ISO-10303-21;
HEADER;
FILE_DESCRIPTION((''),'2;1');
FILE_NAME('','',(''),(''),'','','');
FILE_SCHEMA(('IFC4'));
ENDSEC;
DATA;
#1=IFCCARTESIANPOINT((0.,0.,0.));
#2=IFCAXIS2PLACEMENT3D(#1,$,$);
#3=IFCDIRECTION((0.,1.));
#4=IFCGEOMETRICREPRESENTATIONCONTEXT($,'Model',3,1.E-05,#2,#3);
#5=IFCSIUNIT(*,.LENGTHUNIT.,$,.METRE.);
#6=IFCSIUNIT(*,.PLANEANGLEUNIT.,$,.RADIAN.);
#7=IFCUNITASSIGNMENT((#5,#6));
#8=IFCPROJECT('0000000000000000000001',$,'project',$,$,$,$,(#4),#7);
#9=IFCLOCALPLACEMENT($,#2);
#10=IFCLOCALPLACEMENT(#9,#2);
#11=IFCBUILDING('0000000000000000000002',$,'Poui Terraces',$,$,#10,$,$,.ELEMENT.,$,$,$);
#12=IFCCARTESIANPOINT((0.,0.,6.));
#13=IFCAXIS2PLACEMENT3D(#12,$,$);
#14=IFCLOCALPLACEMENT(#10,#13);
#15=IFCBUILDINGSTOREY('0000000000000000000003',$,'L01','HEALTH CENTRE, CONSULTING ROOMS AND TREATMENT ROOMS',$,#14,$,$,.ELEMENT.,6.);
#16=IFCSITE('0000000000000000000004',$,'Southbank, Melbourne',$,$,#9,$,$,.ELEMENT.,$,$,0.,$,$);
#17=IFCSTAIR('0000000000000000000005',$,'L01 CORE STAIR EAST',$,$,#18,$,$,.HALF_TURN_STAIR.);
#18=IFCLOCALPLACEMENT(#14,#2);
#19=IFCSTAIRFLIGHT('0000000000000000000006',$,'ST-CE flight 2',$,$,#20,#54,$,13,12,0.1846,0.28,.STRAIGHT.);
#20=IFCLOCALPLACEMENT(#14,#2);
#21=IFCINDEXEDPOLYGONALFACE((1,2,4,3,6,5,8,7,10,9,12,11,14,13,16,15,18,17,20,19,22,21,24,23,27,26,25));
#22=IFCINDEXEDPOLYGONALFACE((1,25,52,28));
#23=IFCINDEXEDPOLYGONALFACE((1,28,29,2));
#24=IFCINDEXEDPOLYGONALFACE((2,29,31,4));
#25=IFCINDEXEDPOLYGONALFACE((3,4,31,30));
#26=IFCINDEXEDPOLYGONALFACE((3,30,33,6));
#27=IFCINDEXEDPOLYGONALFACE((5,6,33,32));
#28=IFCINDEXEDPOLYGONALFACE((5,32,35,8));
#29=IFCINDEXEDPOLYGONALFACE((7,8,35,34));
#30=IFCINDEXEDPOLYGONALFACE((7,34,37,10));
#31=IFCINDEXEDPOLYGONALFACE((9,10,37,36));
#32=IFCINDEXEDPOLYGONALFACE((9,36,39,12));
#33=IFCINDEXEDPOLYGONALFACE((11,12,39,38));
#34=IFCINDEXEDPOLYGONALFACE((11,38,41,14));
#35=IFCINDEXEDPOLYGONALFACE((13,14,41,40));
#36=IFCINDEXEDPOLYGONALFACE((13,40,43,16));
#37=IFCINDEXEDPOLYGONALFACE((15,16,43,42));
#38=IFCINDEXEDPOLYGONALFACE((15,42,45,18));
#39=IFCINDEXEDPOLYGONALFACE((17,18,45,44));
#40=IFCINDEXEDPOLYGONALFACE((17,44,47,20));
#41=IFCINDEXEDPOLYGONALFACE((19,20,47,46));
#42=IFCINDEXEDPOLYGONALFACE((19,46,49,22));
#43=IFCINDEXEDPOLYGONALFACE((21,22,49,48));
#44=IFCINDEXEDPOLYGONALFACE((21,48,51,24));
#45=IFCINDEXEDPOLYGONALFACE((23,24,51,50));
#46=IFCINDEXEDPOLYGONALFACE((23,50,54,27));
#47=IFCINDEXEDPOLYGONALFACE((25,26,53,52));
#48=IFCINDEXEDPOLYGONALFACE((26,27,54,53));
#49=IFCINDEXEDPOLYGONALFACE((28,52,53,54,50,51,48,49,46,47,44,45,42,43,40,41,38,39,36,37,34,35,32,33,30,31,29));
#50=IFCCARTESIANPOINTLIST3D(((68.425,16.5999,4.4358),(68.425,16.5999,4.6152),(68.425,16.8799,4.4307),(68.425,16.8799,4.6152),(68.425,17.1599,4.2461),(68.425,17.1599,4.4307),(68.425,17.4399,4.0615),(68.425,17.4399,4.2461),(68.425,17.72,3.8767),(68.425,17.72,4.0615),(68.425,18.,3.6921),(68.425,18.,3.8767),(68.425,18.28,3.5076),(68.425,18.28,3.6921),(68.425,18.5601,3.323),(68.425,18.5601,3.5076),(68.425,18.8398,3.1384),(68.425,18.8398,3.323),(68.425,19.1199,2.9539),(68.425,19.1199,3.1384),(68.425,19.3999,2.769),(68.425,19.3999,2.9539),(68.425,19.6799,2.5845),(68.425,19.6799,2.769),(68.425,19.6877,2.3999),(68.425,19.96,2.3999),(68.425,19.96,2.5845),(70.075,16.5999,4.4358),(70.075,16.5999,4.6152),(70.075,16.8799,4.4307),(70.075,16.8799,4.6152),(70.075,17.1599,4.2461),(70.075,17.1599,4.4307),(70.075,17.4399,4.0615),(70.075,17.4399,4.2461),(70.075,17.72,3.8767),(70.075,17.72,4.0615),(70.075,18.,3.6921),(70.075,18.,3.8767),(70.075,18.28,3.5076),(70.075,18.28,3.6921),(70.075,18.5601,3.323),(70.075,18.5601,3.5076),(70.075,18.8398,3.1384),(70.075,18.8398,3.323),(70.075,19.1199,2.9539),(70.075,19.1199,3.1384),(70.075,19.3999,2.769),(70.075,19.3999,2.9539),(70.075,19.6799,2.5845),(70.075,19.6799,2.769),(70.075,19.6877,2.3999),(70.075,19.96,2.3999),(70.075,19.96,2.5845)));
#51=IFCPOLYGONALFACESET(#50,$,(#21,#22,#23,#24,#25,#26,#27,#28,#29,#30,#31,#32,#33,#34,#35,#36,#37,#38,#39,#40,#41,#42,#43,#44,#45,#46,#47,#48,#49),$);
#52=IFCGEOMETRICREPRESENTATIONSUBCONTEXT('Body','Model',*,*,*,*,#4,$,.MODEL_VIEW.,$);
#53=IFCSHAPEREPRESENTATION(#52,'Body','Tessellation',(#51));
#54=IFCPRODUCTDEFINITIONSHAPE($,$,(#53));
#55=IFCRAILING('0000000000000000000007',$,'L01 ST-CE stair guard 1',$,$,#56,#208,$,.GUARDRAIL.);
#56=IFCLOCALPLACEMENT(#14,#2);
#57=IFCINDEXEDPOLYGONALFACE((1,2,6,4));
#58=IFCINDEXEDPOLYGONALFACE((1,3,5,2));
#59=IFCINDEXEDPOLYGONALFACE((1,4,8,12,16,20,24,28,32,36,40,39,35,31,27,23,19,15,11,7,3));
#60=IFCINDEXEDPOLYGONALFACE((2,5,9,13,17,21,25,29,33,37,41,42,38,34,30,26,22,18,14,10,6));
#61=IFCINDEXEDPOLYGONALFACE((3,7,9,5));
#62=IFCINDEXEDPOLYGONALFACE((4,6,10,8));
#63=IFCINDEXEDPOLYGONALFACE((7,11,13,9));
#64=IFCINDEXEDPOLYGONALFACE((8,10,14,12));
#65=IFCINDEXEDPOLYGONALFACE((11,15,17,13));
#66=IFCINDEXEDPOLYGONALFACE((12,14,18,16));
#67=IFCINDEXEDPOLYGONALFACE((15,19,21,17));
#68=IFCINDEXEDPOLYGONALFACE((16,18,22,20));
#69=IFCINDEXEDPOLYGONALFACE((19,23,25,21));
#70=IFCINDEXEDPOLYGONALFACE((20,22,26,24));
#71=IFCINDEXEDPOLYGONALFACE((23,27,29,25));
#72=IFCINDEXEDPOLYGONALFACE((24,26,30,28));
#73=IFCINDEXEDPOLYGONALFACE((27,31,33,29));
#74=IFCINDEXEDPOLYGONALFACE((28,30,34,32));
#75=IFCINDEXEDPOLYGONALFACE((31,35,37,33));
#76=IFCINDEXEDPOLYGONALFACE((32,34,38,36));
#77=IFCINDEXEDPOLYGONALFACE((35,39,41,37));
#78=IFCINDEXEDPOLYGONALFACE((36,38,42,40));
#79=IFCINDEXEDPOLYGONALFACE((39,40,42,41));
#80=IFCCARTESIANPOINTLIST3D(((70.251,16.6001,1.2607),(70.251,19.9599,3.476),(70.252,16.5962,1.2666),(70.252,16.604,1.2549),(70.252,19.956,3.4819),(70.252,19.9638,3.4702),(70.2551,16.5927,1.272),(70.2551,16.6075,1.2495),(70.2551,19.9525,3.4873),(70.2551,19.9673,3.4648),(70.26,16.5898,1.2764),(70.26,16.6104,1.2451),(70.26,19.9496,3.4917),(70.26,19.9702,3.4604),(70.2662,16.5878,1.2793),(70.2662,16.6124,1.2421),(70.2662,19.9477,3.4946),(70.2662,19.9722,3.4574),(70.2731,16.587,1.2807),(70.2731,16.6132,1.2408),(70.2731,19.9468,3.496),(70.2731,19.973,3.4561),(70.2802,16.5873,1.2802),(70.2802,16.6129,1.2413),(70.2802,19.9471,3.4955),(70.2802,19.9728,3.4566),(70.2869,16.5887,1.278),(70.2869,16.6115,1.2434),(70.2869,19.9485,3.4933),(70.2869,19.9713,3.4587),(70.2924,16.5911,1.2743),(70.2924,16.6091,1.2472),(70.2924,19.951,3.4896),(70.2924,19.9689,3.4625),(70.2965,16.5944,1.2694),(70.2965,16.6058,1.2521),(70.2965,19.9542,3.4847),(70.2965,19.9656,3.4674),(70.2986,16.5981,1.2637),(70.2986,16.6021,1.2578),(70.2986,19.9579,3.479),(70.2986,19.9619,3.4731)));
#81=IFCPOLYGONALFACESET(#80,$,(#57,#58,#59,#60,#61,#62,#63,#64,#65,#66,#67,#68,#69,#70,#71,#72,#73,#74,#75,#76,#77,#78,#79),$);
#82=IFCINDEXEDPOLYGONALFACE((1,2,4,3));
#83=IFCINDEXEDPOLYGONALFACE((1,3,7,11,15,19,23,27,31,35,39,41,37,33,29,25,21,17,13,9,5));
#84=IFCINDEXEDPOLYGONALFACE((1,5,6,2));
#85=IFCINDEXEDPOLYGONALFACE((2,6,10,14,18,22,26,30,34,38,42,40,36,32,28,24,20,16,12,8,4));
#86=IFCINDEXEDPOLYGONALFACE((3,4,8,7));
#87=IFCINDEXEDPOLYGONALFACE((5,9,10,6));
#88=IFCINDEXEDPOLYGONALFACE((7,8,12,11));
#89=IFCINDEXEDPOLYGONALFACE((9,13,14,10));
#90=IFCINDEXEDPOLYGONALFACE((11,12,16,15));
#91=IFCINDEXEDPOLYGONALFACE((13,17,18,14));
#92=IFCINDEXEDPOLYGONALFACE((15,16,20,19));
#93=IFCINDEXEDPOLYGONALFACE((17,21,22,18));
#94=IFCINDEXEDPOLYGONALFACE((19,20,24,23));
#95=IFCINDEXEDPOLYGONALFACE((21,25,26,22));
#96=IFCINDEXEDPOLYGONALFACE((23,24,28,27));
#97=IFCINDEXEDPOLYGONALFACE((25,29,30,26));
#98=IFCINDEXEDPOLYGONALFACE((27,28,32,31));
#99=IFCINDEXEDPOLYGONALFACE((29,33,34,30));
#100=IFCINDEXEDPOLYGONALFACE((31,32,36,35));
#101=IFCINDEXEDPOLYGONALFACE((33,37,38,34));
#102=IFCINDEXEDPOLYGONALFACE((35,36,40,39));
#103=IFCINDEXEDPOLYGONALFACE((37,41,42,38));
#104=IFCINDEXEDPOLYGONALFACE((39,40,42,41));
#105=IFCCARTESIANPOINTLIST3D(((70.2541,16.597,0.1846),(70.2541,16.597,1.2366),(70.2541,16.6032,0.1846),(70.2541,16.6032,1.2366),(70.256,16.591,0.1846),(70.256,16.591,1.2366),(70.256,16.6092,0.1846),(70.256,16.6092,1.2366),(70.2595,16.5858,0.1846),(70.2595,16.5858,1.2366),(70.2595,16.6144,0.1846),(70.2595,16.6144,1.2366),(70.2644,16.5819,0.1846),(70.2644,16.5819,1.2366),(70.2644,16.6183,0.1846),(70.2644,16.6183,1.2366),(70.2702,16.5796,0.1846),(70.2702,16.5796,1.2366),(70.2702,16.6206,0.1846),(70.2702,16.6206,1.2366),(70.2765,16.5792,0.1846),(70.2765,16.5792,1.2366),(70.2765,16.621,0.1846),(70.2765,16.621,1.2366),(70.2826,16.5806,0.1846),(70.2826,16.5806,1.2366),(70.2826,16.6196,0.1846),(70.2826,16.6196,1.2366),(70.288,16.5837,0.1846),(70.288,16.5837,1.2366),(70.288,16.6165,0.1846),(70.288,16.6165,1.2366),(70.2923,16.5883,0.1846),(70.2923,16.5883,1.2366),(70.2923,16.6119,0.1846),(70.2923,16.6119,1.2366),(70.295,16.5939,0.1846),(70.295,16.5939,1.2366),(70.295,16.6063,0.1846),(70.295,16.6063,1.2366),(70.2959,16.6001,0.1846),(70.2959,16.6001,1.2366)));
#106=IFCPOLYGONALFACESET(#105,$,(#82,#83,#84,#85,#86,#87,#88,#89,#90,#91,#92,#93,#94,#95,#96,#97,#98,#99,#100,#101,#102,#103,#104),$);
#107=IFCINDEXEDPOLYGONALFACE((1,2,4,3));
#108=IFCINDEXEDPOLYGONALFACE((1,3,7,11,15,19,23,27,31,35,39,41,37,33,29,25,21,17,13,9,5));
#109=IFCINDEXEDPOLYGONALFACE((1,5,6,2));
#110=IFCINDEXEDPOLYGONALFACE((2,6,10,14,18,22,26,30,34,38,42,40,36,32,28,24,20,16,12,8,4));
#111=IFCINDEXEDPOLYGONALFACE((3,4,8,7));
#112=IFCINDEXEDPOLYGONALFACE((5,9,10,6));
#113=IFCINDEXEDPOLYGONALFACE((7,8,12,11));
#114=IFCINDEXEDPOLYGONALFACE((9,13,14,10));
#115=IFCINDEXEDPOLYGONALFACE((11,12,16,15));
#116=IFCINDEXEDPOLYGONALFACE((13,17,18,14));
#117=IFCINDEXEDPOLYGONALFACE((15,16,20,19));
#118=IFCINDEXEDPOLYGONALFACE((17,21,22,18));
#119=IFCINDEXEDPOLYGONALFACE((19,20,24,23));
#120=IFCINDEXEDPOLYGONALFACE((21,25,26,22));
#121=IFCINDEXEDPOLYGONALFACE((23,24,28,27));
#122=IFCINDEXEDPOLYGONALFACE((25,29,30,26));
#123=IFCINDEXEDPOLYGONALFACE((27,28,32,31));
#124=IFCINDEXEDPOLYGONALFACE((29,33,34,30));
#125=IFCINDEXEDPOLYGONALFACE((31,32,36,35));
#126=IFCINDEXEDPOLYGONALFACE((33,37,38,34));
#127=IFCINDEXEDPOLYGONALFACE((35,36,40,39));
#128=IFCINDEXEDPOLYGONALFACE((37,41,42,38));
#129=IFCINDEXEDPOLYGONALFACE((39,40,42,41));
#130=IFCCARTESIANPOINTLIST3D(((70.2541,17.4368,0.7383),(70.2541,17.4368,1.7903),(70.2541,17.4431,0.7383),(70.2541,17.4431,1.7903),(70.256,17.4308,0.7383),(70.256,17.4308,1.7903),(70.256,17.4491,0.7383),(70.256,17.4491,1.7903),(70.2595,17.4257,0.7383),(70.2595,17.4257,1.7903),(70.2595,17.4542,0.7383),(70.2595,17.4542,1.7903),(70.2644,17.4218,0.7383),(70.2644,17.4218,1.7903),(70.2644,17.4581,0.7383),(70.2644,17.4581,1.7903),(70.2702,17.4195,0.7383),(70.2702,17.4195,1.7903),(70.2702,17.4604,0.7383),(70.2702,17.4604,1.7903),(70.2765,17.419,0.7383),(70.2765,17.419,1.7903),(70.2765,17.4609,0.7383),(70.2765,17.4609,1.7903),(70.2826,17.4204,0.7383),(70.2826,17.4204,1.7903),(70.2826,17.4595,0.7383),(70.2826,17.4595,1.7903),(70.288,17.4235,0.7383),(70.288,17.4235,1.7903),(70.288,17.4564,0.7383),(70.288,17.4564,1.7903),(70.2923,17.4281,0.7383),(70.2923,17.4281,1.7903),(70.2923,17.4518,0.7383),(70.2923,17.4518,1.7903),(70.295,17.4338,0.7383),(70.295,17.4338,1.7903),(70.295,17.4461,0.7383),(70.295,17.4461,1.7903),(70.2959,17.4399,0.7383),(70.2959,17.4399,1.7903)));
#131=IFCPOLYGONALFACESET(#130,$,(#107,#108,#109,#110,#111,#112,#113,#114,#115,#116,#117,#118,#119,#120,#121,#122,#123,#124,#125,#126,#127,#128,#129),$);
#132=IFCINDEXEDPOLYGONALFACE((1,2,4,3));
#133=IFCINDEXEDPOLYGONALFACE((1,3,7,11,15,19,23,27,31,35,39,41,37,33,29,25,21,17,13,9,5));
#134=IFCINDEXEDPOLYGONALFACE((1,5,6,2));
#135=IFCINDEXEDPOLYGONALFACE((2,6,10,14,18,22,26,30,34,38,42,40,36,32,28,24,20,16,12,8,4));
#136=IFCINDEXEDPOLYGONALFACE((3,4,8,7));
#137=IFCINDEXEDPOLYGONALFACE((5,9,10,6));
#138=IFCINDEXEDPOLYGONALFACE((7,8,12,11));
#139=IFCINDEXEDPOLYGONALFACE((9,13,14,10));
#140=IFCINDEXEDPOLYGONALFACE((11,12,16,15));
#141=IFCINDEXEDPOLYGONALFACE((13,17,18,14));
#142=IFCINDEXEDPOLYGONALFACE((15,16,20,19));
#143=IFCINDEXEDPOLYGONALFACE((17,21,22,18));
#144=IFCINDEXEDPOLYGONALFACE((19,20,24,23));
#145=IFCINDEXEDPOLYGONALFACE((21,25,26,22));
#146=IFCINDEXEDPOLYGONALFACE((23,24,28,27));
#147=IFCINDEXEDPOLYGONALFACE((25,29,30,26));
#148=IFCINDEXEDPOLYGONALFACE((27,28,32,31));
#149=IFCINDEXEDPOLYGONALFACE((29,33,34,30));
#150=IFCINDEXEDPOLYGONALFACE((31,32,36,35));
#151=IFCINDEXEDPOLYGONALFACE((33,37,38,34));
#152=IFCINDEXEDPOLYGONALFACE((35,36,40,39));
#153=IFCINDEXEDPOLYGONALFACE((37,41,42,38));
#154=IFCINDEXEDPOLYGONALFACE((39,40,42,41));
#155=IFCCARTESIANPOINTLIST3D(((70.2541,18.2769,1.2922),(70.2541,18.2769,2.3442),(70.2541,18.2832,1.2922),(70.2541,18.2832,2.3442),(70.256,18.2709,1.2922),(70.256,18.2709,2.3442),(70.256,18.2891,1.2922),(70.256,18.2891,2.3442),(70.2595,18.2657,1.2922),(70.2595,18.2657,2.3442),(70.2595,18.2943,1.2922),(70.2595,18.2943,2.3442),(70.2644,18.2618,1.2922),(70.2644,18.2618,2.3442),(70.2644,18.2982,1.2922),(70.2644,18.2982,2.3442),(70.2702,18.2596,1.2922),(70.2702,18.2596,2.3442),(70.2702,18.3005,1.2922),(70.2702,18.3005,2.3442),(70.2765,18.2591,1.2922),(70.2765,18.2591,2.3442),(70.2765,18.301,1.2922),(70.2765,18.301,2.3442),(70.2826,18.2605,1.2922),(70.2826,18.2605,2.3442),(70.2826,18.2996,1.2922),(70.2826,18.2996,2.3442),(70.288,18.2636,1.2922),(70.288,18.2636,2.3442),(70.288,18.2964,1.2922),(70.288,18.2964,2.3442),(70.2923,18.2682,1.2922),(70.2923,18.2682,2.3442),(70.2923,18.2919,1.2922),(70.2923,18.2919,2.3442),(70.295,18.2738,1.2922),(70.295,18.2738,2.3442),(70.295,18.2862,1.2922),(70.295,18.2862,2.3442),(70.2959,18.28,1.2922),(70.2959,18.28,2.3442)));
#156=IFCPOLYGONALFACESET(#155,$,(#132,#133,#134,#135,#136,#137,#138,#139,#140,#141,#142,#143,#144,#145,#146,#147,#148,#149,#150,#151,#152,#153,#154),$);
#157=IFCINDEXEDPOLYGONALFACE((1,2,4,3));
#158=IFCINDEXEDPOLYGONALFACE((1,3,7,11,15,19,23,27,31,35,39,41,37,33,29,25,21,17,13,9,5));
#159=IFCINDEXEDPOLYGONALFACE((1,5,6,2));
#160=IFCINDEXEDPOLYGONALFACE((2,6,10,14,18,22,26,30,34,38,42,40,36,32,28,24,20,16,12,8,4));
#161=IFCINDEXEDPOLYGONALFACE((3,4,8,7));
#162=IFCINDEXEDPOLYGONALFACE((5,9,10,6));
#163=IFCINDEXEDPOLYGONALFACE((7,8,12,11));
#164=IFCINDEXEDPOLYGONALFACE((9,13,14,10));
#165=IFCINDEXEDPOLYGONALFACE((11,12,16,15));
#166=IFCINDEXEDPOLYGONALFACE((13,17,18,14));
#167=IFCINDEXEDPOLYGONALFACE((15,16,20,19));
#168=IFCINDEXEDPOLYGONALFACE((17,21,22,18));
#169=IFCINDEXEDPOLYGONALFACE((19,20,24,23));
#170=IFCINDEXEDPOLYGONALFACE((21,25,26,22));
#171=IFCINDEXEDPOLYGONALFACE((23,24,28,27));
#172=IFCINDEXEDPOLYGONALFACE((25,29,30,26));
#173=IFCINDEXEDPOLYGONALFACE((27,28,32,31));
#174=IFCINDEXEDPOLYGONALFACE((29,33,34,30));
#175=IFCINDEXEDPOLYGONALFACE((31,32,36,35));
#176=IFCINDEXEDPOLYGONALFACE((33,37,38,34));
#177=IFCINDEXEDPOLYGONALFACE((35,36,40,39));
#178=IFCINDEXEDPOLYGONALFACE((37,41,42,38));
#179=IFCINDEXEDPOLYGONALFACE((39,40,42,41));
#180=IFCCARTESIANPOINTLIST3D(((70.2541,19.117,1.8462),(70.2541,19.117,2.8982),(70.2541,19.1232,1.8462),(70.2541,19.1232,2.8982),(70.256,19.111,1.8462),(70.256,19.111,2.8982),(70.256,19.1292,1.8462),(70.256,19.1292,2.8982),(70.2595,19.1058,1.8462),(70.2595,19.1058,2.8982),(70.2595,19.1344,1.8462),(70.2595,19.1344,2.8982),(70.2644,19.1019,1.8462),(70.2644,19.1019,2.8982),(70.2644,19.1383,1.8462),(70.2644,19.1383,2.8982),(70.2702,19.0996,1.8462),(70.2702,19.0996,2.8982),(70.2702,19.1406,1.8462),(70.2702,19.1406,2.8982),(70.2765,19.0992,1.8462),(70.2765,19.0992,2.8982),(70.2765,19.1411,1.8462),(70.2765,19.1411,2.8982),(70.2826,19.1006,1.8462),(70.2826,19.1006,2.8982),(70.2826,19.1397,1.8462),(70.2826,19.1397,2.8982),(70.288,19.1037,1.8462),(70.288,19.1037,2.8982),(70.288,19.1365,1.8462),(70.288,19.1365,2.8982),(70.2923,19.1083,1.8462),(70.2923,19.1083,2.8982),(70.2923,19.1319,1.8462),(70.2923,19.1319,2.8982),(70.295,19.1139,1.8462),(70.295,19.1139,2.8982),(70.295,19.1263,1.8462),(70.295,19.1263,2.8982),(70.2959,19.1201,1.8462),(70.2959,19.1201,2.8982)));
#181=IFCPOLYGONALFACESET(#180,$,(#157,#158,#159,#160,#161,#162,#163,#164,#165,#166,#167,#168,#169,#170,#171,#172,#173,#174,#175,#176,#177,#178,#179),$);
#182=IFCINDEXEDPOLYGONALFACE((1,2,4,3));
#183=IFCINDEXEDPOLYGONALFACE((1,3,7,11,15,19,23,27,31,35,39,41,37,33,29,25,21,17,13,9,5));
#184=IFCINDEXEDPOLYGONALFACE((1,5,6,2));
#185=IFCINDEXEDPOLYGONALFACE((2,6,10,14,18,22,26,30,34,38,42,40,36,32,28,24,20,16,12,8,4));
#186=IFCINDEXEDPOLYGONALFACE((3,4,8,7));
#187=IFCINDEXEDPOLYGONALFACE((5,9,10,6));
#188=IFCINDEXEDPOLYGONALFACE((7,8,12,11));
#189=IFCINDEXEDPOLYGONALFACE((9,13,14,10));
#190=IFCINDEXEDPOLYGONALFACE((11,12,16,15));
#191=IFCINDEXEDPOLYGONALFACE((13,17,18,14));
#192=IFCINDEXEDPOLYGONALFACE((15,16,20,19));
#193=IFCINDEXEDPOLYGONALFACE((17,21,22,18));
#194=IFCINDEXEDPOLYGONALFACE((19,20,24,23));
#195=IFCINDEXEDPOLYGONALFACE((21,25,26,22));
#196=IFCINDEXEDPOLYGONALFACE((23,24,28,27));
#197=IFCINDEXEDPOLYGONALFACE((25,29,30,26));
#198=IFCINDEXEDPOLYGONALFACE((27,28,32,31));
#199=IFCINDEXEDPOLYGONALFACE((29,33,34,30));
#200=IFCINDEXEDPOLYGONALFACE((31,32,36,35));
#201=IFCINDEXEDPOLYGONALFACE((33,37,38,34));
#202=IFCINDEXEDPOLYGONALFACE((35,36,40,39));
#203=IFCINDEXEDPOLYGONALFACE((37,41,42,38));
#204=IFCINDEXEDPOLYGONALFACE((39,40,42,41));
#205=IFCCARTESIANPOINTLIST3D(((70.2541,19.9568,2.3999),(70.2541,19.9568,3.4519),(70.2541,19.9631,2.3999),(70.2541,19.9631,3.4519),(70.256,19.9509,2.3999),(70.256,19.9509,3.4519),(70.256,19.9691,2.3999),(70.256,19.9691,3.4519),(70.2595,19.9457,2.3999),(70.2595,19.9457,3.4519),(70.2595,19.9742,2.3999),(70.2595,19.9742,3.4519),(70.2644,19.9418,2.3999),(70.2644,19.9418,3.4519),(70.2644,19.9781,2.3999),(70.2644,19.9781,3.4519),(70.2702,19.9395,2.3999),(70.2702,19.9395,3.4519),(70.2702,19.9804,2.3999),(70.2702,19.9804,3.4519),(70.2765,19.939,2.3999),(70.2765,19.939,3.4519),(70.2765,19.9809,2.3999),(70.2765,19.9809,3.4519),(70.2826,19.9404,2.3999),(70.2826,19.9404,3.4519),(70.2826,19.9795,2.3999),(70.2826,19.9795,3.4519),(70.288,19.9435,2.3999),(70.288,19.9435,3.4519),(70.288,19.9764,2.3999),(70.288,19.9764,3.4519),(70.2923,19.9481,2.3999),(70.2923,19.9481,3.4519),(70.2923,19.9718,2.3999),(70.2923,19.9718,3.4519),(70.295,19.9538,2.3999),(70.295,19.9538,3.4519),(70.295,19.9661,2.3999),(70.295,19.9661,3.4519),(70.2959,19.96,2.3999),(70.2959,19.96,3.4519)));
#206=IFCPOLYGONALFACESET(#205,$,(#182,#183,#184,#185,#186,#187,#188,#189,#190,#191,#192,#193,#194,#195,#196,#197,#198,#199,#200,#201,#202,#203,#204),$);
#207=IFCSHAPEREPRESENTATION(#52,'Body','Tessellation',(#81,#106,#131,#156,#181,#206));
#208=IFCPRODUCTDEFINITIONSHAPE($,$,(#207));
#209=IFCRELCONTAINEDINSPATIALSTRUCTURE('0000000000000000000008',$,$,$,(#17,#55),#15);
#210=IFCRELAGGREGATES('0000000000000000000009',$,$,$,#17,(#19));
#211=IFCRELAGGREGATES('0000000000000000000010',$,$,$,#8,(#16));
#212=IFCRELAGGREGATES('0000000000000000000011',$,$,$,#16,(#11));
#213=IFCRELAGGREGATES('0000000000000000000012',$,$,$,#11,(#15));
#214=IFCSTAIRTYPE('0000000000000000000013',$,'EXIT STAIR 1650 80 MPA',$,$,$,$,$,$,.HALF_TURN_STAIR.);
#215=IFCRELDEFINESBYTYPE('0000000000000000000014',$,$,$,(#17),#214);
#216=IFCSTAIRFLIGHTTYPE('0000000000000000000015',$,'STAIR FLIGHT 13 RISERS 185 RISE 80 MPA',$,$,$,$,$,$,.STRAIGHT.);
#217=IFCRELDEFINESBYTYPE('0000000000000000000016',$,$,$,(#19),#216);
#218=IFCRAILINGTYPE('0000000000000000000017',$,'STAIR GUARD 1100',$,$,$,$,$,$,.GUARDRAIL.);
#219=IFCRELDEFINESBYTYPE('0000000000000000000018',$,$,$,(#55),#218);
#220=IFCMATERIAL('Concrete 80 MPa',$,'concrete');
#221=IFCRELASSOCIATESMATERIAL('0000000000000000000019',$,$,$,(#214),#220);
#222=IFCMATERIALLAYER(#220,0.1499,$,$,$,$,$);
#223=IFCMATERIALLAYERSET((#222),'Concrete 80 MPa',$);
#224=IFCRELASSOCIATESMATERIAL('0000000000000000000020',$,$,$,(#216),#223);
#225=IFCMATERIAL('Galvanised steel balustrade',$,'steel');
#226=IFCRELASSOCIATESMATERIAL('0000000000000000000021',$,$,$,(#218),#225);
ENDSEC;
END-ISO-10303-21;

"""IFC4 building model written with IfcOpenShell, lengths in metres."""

from ifc_helpers import new_model, si_unit, direction, frame, origin, origin_2d, place, context, subcontext, project, spatial, polyline, circle, outline, extrude, material, layer, layer_set, type_object, element, aggregate, save


model = new_model("IFC4")

# Units and contexts
model_context = context("Model", 3, precision=1e-05, world=origin(), true_north=direction((0.0, 1.0)))
body_context = subcontext(model_context, "Body", "Model", "MODEL_VIEW")
ifc_project = project(units=[si_unit("LENGTHUNIT", "METRE"), si_unit("PLANEANGLEUNIT", "RADIAN")], contexts=[model_context])

# Site, building, storey
site_placement = place(None, origin())
site = spatial("IfcSite", under=ifc_project, at=site_placement, Name="Southbank, Melbourne", CompositionType="ELEMENT", RefElevation=0.0)
building_placement = place(site_placement, origin())
building = spatial("IfcBuilding", under=site, at=building_placement, Name="Poui Terraces", CompositionType="ELEMENT")
storey_placement = place(building_placement, frame((0.0, 0.0, 6.0)))
storey = spatial("IfcBuildingStorey", under=building, at=storey_placement, Name="L01", Description="HEALTH CENTRE, CONSULTING ROOMS AND TREATMENT ROOMS", CompositionType="ELEMENT", Elevation=6.0)

# Shared definitions
ifc_material_1 = material(Name="Concrete 80 MPa", Category="concrete")

# Stair, stair flight
stair_type = type_object("IfcStairType", Name="EXIT STAIR 1650 80 MPA", PredefinedType="HALF_TURN_STAIR", material=ifc_material_1)
stair_placement = place(storey_placement, origin())
stair = element("IfcStair", 1, at=stair_placement, inside=storey, type_object=stair_type, Name="L01 CORE STAIR EAST", PredefinedType="HALF_TURN_STAIR")
ifc_layer_1 = layer(ifc_material_1, 0.1499)
ifc_layer_set_1 = layer_set([ifc_layer_1], Name="Concrete 80 MPa")
stair_flight_type = type_object("IfcStairFlightType", Name="STAIR FLIGHT 13 RISERS 185 RISE 80 MPA", PredefinedType="STRAIGHT", material=ifc_layer_set_1)
stair_flight_1_placement = place(storey_placement, frame((69.25, 19.96, 2.3999), z_axis=(0.0, 0.0, 1.0), x_axis=(0.0, -1.0, 0.0)))
stair_flight_1 = element("IfcStairFlight", 2, at=stair_flight_1_placement, type_object=stair_flight_type, Name="ST-CE flight 2", NumberOfRisers=13, NumberOfTreads=12, PredefinedType="STRAIGHT", RiserHeight=0.1846, TreadLength=0.28, context=body_context, shape_type="SweptSolid", body=[
    extrude(outline(polyline([(0.0, 0.0), (0.0, 0.1846), (0.28, 0.1846), (0.28, 0.3691), (0.5601, 0.3691), (0.5601, 0.554), (0.8401, 0.554), (0.8401, 0.7385), (1.1201, 0.7385), (1.1201, 0.9231), (1.3999, 0.9231), (1.3999, 1.1077), (1.6799, 1.1077), (1.6799, 1.2922), (1.96, 1.2922), (1.96, 1.4768), (2.24, 1.4768), (2.24, 1.6616), (2.52, 1.6616), (2.52, 1.8462), (2.8, 1.8462), (2.8, 2.0308), (3.0801, 2.0308), (3.0801, 2.2153), (3.3601, 2.2153), (3.3601, 2.3999), (3.3601, 2.0359), (0.2722, 0.0), (0.0, 0.0)])), frame((0.0, 0.825, 0.0), z_axis=(0.0, -1.0, 0.0), x_axis=(1.0, 0.0, 0.0)), (0.0, 0.0, 1.0), 1.6499),
])
aggregate(stair, [stair_flight_1])

# Railing
ifc_material_2 = material(Name="Galvanised steel balustrade", Category="steel")
railing_type_1 = type_object("IfcRailingType", Name="STAIR GUARD 1100", PredefinedType="GUARDRAIL", material=ifc_material_2)
railing_1_placement = place(storey_placement, frame((70.2749, 16.6001, 0.1846)))
element("IfcRailing", 3, at=railing_1_placement, inside=storey, type_object=railing_type_1, Name="L01 ST-CE stair guard 1", PredefinedType="GUARDRAIL", context=body_context, shape_type="SweptSolid", body=[
    extrude(circle(Radius=0.0239, at=origin_2d()), frame((0.0, 0.0, 1.0762), z_axis=(0.0, 0.834858, 0.550465), x_axis=(-1.0, 0.0, 0.0)), (0.0, 0.0, 1.0), 4.0244),
    extrude(circle(Radius=0.021, at=origin_2d()), origin(), (0.0, 0.0, 1.0), 1.052),
    extrude(circle(Radius=0.021, at=origin_2d()), frame((0.0, 0.8398, 0.5537)), (0.0, 0.0, 1.0), 1.052),
    extrude(circle(Radius=0.021, at=origin_2d()), frame((0.0, 1.6799, 1.1077)), (0.0, 0.0, 1.0), 1.052),
    extrude(circle(Radius=0.021, at=origin_2d()), frame((0.0, 2.52, 1.6616)), (0.0, 0.0, 1.0), 1.052),
    extrude(circle(Radius=0.021, at=origin_2d()), frame((0.0, 3.3599, 2.2153)), (0.0, 0.0, 1.0), 1.052),
])

save(model, "model.ifc")
